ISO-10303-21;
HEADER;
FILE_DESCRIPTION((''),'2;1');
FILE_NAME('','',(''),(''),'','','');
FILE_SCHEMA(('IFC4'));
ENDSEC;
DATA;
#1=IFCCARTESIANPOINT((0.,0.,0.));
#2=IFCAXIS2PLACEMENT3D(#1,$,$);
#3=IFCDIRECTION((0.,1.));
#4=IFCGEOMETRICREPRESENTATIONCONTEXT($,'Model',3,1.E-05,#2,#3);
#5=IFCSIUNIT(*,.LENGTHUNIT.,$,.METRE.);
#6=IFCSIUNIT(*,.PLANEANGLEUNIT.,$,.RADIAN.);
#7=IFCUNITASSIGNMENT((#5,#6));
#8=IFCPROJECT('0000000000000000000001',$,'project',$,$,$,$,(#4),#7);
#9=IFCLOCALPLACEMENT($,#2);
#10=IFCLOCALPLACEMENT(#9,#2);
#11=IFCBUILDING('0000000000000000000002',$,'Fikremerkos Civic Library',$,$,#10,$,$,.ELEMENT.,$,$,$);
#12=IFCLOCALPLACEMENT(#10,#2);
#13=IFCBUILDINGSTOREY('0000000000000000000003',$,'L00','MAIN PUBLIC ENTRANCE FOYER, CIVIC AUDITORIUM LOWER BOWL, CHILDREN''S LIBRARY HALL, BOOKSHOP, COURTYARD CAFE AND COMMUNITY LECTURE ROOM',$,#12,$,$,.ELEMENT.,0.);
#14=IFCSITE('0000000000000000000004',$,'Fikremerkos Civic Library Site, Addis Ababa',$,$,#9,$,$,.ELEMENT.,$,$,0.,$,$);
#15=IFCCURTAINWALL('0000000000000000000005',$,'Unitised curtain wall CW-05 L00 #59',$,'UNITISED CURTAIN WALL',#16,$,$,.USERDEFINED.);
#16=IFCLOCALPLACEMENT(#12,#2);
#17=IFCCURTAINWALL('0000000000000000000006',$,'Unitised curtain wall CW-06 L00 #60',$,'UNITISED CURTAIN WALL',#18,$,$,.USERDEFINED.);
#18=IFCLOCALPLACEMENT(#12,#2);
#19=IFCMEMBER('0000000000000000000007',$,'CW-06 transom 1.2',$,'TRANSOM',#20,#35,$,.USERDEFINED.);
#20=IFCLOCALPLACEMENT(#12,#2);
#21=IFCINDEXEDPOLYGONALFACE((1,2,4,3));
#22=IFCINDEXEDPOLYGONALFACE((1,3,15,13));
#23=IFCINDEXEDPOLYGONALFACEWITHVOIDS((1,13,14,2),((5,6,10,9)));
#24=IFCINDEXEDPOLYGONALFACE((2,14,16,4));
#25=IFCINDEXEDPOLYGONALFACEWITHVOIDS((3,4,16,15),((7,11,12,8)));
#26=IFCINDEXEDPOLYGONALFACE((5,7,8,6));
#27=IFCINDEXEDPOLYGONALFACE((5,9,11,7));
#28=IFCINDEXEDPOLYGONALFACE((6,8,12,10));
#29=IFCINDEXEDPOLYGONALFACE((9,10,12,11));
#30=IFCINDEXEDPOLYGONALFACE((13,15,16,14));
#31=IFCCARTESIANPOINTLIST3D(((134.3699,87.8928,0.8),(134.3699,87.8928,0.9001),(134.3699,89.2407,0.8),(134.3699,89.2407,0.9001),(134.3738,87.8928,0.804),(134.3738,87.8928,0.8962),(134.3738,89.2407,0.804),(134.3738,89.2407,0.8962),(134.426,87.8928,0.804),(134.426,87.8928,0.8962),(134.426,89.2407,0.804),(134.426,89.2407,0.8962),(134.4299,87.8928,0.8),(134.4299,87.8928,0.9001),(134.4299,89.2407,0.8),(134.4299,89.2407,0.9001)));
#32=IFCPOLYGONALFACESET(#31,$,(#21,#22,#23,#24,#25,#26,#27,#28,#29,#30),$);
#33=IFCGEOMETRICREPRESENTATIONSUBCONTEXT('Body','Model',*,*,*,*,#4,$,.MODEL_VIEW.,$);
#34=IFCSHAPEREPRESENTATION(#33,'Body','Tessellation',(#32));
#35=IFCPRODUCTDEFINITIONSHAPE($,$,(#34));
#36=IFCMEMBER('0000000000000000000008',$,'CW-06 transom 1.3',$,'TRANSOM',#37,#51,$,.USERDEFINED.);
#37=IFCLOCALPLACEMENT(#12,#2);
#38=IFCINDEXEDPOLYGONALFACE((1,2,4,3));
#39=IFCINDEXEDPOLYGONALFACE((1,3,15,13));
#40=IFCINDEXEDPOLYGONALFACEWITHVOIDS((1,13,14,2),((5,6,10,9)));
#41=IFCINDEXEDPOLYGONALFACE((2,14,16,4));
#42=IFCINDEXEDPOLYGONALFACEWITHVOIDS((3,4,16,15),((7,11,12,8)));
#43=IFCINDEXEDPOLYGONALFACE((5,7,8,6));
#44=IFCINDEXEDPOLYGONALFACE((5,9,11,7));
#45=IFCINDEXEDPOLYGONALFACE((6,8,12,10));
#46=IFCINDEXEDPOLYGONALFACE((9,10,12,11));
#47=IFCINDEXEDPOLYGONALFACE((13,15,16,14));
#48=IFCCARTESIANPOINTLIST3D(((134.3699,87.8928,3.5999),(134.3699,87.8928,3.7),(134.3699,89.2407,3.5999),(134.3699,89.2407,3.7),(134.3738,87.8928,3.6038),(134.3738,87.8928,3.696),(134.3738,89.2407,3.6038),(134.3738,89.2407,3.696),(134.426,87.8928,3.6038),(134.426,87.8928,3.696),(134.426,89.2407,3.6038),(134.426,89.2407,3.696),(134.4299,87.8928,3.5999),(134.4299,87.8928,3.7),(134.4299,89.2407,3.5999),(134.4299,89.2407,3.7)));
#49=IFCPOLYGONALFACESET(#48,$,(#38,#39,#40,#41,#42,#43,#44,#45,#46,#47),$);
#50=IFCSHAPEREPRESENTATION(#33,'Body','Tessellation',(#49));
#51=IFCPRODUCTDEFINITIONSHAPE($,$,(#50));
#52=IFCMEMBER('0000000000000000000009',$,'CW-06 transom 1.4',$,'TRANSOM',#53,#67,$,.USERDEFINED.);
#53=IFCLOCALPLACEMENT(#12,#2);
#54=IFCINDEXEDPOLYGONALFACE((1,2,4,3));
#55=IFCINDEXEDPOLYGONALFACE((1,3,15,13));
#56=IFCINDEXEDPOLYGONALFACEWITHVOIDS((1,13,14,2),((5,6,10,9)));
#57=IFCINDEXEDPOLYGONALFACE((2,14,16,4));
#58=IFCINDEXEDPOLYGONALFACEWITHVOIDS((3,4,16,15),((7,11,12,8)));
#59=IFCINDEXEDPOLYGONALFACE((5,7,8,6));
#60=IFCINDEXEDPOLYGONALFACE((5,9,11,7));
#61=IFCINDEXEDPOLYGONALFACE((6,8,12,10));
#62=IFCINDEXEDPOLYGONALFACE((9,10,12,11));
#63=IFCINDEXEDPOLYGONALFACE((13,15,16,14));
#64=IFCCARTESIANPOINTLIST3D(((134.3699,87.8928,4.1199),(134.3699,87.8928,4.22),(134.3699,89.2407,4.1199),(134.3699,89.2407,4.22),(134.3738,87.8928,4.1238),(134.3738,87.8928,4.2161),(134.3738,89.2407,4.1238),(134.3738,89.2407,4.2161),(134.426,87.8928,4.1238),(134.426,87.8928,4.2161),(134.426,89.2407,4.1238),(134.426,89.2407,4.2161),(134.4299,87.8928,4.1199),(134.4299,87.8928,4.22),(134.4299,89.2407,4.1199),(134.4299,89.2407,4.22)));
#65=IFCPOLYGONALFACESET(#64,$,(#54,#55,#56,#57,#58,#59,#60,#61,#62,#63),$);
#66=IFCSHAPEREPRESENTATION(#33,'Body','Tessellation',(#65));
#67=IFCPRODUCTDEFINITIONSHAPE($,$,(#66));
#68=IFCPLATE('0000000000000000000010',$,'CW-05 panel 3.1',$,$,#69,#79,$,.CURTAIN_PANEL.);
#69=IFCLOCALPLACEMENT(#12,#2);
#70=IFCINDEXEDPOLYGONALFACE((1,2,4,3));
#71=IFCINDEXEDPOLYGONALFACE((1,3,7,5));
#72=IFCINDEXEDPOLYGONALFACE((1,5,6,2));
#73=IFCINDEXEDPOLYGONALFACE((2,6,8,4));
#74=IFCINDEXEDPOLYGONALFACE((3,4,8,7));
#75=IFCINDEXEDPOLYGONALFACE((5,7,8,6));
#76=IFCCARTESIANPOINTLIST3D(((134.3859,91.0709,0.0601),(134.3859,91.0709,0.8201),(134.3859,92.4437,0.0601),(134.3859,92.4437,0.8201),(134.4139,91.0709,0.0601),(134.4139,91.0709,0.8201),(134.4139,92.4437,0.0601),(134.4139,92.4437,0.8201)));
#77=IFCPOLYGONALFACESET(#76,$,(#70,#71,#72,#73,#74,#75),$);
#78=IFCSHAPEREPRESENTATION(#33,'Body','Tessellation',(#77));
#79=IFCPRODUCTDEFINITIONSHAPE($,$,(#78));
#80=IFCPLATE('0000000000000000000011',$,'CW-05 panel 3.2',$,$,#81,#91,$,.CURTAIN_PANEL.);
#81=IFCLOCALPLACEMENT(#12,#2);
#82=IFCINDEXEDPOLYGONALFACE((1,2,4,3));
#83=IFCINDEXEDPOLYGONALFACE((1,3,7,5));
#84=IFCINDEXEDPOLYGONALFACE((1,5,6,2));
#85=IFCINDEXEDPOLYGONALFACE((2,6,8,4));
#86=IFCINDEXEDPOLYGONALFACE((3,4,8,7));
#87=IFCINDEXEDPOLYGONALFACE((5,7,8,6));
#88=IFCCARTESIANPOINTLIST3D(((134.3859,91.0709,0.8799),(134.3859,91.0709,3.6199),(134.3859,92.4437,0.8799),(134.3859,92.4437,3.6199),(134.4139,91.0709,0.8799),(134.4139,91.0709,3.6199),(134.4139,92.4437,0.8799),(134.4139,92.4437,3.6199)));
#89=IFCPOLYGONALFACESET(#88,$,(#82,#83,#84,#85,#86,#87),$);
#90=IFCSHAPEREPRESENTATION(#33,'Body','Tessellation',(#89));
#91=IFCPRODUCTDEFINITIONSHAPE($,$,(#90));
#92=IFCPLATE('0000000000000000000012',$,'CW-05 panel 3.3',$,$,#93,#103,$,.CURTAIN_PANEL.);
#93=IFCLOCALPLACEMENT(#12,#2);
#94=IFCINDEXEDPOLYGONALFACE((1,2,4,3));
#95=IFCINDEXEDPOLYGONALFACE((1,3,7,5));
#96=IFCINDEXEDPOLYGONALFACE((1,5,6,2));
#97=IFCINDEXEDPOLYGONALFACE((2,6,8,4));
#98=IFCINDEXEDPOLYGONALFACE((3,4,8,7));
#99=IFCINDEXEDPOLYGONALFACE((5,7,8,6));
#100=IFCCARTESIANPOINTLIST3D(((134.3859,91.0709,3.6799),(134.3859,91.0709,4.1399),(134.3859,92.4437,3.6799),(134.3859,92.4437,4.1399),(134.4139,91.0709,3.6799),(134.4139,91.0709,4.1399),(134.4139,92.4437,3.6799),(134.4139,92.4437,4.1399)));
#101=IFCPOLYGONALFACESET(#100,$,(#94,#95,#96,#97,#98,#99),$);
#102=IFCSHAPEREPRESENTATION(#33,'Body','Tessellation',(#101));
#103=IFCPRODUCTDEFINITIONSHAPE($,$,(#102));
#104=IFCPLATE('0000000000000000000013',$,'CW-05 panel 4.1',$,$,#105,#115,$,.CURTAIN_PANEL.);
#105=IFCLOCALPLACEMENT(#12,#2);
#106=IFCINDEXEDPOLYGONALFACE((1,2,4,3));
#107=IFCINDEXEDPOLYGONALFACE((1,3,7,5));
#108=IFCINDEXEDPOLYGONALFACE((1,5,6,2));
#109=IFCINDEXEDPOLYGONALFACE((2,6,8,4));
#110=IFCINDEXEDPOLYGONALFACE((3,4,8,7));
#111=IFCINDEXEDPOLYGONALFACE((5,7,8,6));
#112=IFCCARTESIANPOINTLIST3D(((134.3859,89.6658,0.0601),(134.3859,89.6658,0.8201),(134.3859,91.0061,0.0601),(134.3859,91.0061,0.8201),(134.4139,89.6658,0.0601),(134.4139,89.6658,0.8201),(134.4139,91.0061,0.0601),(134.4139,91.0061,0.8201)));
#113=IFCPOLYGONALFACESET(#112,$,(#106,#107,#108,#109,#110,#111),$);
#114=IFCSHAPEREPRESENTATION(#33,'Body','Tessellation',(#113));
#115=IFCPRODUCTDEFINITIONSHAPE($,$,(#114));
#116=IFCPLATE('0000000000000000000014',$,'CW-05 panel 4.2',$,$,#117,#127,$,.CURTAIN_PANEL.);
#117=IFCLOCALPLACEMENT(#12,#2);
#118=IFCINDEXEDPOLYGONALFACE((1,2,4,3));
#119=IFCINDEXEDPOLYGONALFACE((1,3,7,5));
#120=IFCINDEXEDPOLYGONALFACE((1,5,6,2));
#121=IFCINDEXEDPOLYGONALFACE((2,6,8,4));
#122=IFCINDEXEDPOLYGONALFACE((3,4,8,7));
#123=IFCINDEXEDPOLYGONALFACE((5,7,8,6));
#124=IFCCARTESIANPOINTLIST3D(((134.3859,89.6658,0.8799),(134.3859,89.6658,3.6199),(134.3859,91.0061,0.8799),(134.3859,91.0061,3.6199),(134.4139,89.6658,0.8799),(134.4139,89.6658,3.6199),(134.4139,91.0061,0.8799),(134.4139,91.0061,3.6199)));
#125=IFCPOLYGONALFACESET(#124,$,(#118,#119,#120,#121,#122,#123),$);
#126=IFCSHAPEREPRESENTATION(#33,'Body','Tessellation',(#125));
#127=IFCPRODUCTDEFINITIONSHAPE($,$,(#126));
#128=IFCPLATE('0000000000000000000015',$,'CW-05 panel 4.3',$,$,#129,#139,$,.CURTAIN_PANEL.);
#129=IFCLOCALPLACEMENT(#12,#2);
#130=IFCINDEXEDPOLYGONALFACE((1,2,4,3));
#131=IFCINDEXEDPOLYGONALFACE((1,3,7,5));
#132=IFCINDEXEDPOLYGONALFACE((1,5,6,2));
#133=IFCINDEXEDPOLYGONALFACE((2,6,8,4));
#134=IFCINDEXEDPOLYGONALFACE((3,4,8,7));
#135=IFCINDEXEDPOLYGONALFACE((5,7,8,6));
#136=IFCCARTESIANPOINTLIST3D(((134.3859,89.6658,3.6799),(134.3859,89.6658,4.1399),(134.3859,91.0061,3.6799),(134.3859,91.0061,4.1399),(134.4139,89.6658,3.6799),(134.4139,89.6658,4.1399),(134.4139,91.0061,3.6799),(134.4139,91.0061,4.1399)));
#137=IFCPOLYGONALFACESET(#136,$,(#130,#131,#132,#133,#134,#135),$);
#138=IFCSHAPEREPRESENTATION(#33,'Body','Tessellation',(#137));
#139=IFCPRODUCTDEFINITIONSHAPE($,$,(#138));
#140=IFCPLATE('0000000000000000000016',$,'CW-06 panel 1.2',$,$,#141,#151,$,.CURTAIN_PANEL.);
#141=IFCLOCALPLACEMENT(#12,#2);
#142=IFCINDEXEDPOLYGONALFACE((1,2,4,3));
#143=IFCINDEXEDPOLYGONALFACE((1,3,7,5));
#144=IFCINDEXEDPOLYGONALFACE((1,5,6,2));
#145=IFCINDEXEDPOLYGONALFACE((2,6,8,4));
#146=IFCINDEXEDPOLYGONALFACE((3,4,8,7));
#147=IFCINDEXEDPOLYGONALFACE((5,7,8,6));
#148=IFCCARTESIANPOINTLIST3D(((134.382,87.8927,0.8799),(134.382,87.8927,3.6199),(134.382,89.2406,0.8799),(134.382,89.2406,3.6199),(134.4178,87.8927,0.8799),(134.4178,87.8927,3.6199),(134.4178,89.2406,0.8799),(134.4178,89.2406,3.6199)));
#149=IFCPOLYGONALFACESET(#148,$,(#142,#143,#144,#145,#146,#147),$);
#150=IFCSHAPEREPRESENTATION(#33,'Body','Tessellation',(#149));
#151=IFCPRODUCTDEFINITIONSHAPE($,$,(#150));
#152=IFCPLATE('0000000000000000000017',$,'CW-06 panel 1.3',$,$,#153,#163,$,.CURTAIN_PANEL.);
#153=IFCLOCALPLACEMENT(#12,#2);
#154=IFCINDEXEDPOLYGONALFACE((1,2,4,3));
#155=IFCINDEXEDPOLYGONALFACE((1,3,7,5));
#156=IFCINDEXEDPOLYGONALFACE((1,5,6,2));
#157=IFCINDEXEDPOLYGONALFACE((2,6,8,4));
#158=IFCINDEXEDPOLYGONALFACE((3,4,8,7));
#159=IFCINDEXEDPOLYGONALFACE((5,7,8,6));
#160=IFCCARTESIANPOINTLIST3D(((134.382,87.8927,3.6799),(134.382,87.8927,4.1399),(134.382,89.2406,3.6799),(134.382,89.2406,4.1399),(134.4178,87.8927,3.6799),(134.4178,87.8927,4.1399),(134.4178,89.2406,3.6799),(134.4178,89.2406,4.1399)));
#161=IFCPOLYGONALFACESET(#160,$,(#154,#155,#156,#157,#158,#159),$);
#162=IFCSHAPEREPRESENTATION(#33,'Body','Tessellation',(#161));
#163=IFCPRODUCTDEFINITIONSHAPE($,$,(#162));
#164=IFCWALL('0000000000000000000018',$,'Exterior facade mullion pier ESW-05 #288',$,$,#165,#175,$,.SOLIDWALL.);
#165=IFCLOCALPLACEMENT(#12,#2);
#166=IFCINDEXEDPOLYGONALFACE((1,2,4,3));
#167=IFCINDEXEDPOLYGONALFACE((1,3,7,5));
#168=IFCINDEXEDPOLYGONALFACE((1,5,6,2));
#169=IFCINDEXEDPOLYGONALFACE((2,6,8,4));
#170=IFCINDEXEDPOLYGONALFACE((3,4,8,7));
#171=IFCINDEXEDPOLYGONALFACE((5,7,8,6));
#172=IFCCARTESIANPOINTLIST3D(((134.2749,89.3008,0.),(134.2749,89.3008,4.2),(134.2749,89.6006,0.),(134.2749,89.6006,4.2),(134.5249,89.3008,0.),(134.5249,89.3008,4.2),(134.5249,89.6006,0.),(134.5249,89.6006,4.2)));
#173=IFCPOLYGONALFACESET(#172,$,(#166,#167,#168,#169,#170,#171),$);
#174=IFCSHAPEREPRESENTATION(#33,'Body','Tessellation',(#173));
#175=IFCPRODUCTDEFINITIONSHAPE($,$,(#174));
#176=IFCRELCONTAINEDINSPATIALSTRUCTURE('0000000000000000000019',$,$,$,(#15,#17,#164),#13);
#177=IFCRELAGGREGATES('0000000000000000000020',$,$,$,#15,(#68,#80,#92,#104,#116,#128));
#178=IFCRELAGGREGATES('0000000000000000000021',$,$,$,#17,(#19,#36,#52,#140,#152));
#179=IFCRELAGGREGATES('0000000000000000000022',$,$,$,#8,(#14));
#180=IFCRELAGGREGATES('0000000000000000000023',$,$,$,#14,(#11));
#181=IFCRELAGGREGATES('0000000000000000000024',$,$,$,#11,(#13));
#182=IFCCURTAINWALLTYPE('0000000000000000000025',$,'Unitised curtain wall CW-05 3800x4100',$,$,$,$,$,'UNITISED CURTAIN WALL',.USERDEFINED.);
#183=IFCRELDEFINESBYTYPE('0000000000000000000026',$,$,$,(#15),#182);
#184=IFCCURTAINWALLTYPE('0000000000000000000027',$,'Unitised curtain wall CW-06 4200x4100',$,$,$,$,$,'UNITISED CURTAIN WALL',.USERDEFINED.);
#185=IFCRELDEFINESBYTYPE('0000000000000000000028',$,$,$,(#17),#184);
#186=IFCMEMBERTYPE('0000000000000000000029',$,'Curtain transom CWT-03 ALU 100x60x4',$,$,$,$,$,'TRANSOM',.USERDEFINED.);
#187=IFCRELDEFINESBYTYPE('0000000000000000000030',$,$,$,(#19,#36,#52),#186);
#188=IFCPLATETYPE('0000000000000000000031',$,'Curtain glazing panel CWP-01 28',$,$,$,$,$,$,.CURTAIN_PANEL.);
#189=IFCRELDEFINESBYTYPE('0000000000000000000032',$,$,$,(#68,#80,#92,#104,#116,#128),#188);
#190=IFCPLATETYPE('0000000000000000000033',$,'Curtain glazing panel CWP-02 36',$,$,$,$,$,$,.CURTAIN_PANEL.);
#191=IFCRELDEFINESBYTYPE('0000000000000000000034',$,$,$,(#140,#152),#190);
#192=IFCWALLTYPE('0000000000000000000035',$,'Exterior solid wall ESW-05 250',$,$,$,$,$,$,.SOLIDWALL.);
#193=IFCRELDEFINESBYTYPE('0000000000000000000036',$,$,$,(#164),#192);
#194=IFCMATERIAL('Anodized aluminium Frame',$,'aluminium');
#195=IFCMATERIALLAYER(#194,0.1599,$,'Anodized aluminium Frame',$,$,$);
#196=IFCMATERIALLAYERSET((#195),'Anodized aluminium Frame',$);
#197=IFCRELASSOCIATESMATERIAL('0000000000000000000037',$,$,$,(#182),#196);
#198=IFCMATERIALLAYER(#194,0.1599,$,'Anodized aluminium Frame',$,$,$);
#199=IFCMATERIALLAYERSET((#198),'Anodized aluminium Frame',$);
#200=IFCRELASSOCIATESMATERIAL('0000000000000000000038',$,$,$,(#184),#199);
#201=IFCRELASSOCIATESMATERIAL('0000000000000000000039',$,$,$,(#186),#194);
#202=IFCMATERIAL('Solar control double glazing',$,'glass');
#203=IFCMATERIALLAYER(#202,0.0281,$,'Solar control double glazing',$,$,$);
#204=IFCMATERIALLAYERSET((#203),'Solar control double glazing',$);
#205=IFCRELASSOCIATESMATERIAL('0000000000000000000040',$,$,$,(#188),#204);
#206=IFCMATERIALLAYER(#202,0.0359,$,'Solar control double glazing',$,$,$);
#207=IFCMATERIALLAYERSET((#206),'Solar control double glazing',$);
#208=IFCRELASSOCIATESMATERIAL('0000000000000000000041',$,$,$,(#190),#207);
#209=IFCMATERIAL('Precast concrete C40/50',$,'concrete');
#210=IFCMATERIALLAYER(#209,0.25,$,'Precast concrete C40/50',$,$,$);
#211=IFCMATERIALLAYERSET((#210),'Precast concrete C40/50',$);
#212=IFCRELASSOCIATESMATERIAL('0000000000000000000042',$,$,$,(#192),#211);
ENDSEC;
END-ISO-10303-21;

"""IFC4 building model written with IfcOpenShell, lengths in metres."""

from ifc_helpers import new_model, si_unit, direction, frame, frame_2d, origin, origin_2d, place, context, subcontext, project, spatial, rectangle, hollow_rectangle, extrude, material, layer, layer_set, material_profile, profile_set, type_object, element, aggregate, save


model = new_model("IFC4")

# Units and contexts
model_context = context("Model", 3, precision=1e-05, world=origin(), true_north=direction((0.0, 1.0)))
body_context = subcontext(model_context, "Body", "Model", "MODEL_VIEW")
ifc_project = project(units=[si_unit("LENGTHUNIT", "METRE"), si_unit("PLANEANGLEUNIT", "RADIAN")], contexts=[model_context])

# Site, building, storey
site_placement = place(None, origin())
site = spatial("IfcSite", under=ifc_project, at=site_placement, Name="Fikremerkos Civic Library Site, Addis Ababa", CompositionType="ELEMENT", RefElevation=0.0)
building_placement = place(site_placement, origin())
building = spatial("IfcBuilding", under=site, at=building_placement, Name="Fikremerkos Civic Library", CompositionType="ELEMENT")
storey_placement = place(building_placement, origin())
storey = spatial("IfcBuildingStorey", under=building, at=storey_placement, Name="L00", Description="MAIN PUBLIC ENTRANCE FOYER, CIVIC AUDITORIUM LOWER BOWL, CHILDREN'S LIBRARY HALL, BOOKSHOP, COURTYARD CAFE AND COMMUNITY LECTURE ROOM", CompositionType="ELEMENT", Elevation=0.0)

# Curtain wall
ifc_material_1 = material(Name="Anodized aluminium Frame", Category="aluminium")
ifc_layer_1 = layer(ifc_material_1, 0.1599, Name="Anodized aluminium Frame")
ifc_layer_set_1 = layer_set([ifc_layer_1], Name="Anodized aluminium Frame")
curtain_wall_type_1 = type_object("IfcCurtainWallType", Name="Unitised curtain wall CW-05 3800x4100", ElementType="UNITISED CURTAIN WALL", PredefinedType="USERDEFINED", material=ifc_layer_set_1)
curtain_wall_1_placement = place(storey_placement, origin())
curtain_wall_1 = element("IfcCurtainWall", 1, at=curtain_wall_1_placement, inside=storey, type_object=curtain_wall_type_1, Name="Unitised curtain wall CW-05 L00 #59", ObjectType="UNITISED CURTAIN WALL", PredefinedType="USERDEFINED")

# Curtain wall
ifc_layer_2 = layer(ifc_material_1, 0.1599, Name="Anodized aluminium Frame")
ifc_layer_set_2 = layer_set([ifc_layer_2], Name="Anodized aluminium Frame")
curtain_wall_type_2 = type_object("IfcCurtainWallType", Name="Unitised curtain wall CW-06 4200x4100", ElementType="UNITISED CURTAIN WALL", PredefinedType="USERDEFINED", material=ifc_layer_set_2)
curtain_wall_2_placement = place(storey_placement, origin())
curtain_wall_2 = element("IfcCurtainWall", 2, at=curtain_wall_2_placement, inside=storey, type_object=curtain_wall_type_2, Name="Unitised curtain wall CW-06 L00 #60", ObjectType="UNITISED CURTAIN WALL", PredefinedType="USERDEFINED")

# Members
ifc_material_profile_1 = material_profile(ifc_material_1, hollow_rectangle(XDim=0.0601, YDim=0.1001, WallThickness=0.0039, at=origin_2d()), Name="ALU 100x60x4")
ifc_profile_set_1 = profile_set([ifc_material_profile_1], Name="Anodized aluminium Frame")
member_type_1 = type_object("IfcMemberType", Name="Curtain transom CWT-03 ALU 100x60x4", ElementType="TRANSOM", PredefinedType="USERDEFINED", material=ifc_profile_set_1)
member_1_placement = place(storey_placement, frame((134.3999, 89.2407, 0.8501), z_axis=(0.0, -1.0, 0.0), x_axis=(1.0, 0.0, 0.0)))
member_1 = element("IfcMember", 3, at=member_1_placement, type_object=member_type_1, Name="CW-06 transom 1.2", ObjectType="TRANSOM", PredefinedType="USERDEFINED", context=body_context, shape_type="SweptSolid", body=[
    extrude(hollow_rectangle(XDim=0.0601, YDim=0.1001, WallThickness=0.0039, at=origin_2d()), origin(), (0.0, 0.0, 1.0), 1.3479),
])
member_2_placement = place(storey_placement, frame((134.3999, 89.2407, 3.6499), z_axis=(0.0, -1.0, 0.0), x_axis=(1.0, 0.0, 0.0)))
member_2 = element("IfcMember", 4, at=member_2_placement, type_object=member_type_1, Name="CW-06 transom 1.3", ObjectType="TRANSOM", PredefinedType="USERDEFINED", context=body_context, shape_type="SweptSolid", body=[
    extrude(hollow_rectangle(XDim=0.0601, YDim=0.1001, WallThickness=0.0039, at=origin_2d()), origin(), (0.0, 0.0, 1.0), 1.3479),
])
member_3_placement = place(storey_placement, frame((134.3999, 89.2407, 4.1699), z_axis=(0.0, -1.0, 0.0), x_axis=(1.0, 0.0, 0.0)))
member_3 = element("IfcMember", 5, at=member_3_placement, type_object=member_type_1, Name="CW-06 transom 1.4", ObjectType="TRANSOM", PredefinedType="USERDEFINED", context=body_context, shape_type="SweptSolid", body=[
    extrude(hollow_rectangle(XDim=0.0601, YDim=0.1001, WallThickness=0.0039, at=origin_2d()), origin(), (0.0, 0.0, 1.0), 1.3479),
])

# Plates
ifc_material_2 = material(Name="Solar control double glazing", Category="glass")
ifc_layer_3 = layer(ifc_material_2, 0.0281, Name="Solar control double glazing")
ifc_layer_set_3 = layer_set([ifc_layer_3], Name="Solar control double glazing")
plate_type_1 = type_object("IfcPlateType", Name="Curtain glazing panel CWP-01 28", PredefinedType="CURTAIN_PANEL", material=ifc_layer_set_3)
plate_1_placement = place(storey_placement, frame((134.3999, 91.7573, 0.0601), z_axis=(0.0, 0.0, 1.0), x_axis=(0.0, -1.0, 0.0)))
plate_1 = element("IfcPlate", 6, at=plate_1_placement, type_object=plate_type_1, Name="CW-05 panel 3.1", PredefinedType="CURTAIN_PANEL", context=body_context, shape_type="SweptSolid", body=[
    extrude(rectangle(XDim=1.3728, YDim=0.0281, at=origin_2d()), origin(), (0.0, 0.0, 1.0), 0.76),
])
plate_2_placement = place(storey_placement, frame((134.3999, 91.7573, 0.8799), z_axis=(0.0, 0.0, 1.0), x_axis=(0.0, -1.0, 0.0)))
plate_2 = element("IfcPlate", 7, at=plate_2_placement, type_object=plate_type_1, Name="CW-05 panel 3.2", PredefinedType="CURTAIN_PANEL", context=body_context, shape_type="SweptSolid", body=[
    extrude(rectangle(XDim=1.3728, YDim=0.0281, at=origin_2d()), origin(), (0.0, 0.0, 1.0), 2.74),
])
plate_3_placement = place(storey_placement, frame((134.3999, 91.7573, 3.6799), z_axis=(0.0, 0.0, 1.0), x_axis=(0.0, -1.0, 0.0)))
plate_3 = element("IfcPlate", 8, at=plate_3_placement, type_object=plate_type_1, Name="CW-05 panel 3.3", PredefinedType="CURTAIN_PANEL", context=body_context, shape_type="SweptSolid", body=[
    extrude(rectangle(XDim=1.3728, YDim=0.0281, at=origin_2d()), origin(), (0.0, 0.0, 1.0), 0.46),
])
plate_4_placement = place(storey_placement, frame((134.3999, 90.3359, 0.0601), z_axis=(0.0, 0.0, 1.0), x_axis=(0.0, -1.0, 0.0)))
plate_4 = element("IfcPlate", 9, at=plate_4_placement, type_object=plate_type_1, Name="CW-05 panel 4.1", PredefinedType="CURTAIN_PANEL", context=body_context, shape_type="SweptSolid", body=[
    extrude(rectangle(XDim=1.3403, YDim=0.0281, at=origin_2d()), origin(), (0.0, 0.0, 1.0), 0.76),
])
plate_5_placement = place(storey_placement, frame((134.3999, 90.3359, 0.8799), z_axis=(0.0, 0.0, 1.0), x_axis=(0.0, -1.0, 0.0)))
plate_5 = element("IfcPlate", 10, at=plate_5_placement, type_object=plate_type_1, Name="CW-05 panel 4.2", PredefinedType="CURTAIN_PANEL", context=body_context, shape_type="SweptSolid", body=[
    extrude(rectangle(XDim=1.3403, YDim=0.0281, at=origin_2d()), origin(), (0.0, 0.0, 1.0), 2.74),
])
plate_6_placement = place(storey_placement, frame((134.3999, 90.3359, 3.6799), z_axis=(0.0, 0.0, 1.0), x_axis=(0.0, -1.0, 0.0)))
plate_6 = element("IfcPlate", 11, at=plate_6_placement, type_object=plate_type_1, Name="CW-05 panel 4.3", PredefinedType="CURTAIN_PANEL", context=body_context, shape_type="SweptSolid", body=[
    extrude(rectangle(XDim=1.3403, YDim=0.0281, at=origin_2d()), origin(), (0.0, 0.0, 1.0), 0.46),
])
aggregate(curtain_wall_1, [plate_1, plate_2, plate_3, plate_4, plate_5, plate_6])
ifc_layer_4 = layer(ifc_material_2, 0.0359, Name="Solar control double glazing")
ifc_layer_set_4 = layer_set([ifc_layer_4], Name="Solar control double glazing")
plate_type_2 = type_object("IfcPlateType", Name="Curtain glazing panel CWP-02 36", PredefinedType="CURTAIN_PANEL", material=ifc_layer_set_4)
plate_7_placement = place(storey_placement, frame((134.3999, 88.5667, 0.8799), z_axis=(0.0, 0.0, 1.0), x_axis=(0.0, -1.0, 0.0)))
plate_7 = element("IfcPlate", 12, at=plate_7_placement, type_object=plate_type_2, Name="CW-06 panel 1.2", PredefinedType="CURTAIN_PANEL", context=body_context, shape_type="SweptSolid", body=[
    extrude(rectangle(XDim=1.3479, YDim=0.0359, at=origin_2d()), origin(), (0.0, 0.0, 1.0), 2.74),
])
plate_8_placement = place(storey_placement, frame((134.3999, 88.5667, 3.6799), z_axis=(0.0, 0.0, 1.0), x_axis=(0.0, -1.0, 0.0)))
plate_8 = element("IfcPlate", 13, at=plate_8_placement, type_object=plate_type_2, Name="CW-06 panel 1.3", PredefinedType="CURTAIN_PANEL", context=body_context, shape_type="SweptSolid", body=[
    extrude(rectangle(XDim=1.3479, YDim=0.0359, at=origin_2d()), origin(), (0.0, 0.0, 1.0), 0.46),
])
aggregate(curtain_wall_2, [member_1, member_2, member_3, plate_7, plate_8])

# Wall
ifc_material_3 = material(Name="Precast concrete C40/50", Category="concrete")
ifc_layer_5 = layer(ifc_material_3, 0.25, Name="Precast concrete C40/50")
ifc_layer_set_5 = layer_set([ifc_layer_5], Name="Precast concrete C40/50")
wall_type = type_object("IfcWallType", Name="Exterior solid wall ESW-05 250", PredefinedType="SOLIDWALL", material=ifc_layer_set_5)
wall_placement = place(storey_placement, frame((134.3999, 89.6006, 0.0), z_axis=(0.0, 0.0, 1.0), x_axis=(0.0, -1.0, 0.0)))
element("IfcWall", 14, at=wall_placement, inside=storey, type_object=wall_type, Name="Exterior facade mullion pier ESW-05 #288", PredefinedType="SOLIDWALL", context=body_context, shape_type="SweptSolid", body=[
    extrude(rectangle(XDim=0.2998, YDim=0.25, at=frame_2d((0.1499, 0.0))), origin(), (0.0, 0.0, 1.0), 4.2),
])

save(model, "model.ifc")
